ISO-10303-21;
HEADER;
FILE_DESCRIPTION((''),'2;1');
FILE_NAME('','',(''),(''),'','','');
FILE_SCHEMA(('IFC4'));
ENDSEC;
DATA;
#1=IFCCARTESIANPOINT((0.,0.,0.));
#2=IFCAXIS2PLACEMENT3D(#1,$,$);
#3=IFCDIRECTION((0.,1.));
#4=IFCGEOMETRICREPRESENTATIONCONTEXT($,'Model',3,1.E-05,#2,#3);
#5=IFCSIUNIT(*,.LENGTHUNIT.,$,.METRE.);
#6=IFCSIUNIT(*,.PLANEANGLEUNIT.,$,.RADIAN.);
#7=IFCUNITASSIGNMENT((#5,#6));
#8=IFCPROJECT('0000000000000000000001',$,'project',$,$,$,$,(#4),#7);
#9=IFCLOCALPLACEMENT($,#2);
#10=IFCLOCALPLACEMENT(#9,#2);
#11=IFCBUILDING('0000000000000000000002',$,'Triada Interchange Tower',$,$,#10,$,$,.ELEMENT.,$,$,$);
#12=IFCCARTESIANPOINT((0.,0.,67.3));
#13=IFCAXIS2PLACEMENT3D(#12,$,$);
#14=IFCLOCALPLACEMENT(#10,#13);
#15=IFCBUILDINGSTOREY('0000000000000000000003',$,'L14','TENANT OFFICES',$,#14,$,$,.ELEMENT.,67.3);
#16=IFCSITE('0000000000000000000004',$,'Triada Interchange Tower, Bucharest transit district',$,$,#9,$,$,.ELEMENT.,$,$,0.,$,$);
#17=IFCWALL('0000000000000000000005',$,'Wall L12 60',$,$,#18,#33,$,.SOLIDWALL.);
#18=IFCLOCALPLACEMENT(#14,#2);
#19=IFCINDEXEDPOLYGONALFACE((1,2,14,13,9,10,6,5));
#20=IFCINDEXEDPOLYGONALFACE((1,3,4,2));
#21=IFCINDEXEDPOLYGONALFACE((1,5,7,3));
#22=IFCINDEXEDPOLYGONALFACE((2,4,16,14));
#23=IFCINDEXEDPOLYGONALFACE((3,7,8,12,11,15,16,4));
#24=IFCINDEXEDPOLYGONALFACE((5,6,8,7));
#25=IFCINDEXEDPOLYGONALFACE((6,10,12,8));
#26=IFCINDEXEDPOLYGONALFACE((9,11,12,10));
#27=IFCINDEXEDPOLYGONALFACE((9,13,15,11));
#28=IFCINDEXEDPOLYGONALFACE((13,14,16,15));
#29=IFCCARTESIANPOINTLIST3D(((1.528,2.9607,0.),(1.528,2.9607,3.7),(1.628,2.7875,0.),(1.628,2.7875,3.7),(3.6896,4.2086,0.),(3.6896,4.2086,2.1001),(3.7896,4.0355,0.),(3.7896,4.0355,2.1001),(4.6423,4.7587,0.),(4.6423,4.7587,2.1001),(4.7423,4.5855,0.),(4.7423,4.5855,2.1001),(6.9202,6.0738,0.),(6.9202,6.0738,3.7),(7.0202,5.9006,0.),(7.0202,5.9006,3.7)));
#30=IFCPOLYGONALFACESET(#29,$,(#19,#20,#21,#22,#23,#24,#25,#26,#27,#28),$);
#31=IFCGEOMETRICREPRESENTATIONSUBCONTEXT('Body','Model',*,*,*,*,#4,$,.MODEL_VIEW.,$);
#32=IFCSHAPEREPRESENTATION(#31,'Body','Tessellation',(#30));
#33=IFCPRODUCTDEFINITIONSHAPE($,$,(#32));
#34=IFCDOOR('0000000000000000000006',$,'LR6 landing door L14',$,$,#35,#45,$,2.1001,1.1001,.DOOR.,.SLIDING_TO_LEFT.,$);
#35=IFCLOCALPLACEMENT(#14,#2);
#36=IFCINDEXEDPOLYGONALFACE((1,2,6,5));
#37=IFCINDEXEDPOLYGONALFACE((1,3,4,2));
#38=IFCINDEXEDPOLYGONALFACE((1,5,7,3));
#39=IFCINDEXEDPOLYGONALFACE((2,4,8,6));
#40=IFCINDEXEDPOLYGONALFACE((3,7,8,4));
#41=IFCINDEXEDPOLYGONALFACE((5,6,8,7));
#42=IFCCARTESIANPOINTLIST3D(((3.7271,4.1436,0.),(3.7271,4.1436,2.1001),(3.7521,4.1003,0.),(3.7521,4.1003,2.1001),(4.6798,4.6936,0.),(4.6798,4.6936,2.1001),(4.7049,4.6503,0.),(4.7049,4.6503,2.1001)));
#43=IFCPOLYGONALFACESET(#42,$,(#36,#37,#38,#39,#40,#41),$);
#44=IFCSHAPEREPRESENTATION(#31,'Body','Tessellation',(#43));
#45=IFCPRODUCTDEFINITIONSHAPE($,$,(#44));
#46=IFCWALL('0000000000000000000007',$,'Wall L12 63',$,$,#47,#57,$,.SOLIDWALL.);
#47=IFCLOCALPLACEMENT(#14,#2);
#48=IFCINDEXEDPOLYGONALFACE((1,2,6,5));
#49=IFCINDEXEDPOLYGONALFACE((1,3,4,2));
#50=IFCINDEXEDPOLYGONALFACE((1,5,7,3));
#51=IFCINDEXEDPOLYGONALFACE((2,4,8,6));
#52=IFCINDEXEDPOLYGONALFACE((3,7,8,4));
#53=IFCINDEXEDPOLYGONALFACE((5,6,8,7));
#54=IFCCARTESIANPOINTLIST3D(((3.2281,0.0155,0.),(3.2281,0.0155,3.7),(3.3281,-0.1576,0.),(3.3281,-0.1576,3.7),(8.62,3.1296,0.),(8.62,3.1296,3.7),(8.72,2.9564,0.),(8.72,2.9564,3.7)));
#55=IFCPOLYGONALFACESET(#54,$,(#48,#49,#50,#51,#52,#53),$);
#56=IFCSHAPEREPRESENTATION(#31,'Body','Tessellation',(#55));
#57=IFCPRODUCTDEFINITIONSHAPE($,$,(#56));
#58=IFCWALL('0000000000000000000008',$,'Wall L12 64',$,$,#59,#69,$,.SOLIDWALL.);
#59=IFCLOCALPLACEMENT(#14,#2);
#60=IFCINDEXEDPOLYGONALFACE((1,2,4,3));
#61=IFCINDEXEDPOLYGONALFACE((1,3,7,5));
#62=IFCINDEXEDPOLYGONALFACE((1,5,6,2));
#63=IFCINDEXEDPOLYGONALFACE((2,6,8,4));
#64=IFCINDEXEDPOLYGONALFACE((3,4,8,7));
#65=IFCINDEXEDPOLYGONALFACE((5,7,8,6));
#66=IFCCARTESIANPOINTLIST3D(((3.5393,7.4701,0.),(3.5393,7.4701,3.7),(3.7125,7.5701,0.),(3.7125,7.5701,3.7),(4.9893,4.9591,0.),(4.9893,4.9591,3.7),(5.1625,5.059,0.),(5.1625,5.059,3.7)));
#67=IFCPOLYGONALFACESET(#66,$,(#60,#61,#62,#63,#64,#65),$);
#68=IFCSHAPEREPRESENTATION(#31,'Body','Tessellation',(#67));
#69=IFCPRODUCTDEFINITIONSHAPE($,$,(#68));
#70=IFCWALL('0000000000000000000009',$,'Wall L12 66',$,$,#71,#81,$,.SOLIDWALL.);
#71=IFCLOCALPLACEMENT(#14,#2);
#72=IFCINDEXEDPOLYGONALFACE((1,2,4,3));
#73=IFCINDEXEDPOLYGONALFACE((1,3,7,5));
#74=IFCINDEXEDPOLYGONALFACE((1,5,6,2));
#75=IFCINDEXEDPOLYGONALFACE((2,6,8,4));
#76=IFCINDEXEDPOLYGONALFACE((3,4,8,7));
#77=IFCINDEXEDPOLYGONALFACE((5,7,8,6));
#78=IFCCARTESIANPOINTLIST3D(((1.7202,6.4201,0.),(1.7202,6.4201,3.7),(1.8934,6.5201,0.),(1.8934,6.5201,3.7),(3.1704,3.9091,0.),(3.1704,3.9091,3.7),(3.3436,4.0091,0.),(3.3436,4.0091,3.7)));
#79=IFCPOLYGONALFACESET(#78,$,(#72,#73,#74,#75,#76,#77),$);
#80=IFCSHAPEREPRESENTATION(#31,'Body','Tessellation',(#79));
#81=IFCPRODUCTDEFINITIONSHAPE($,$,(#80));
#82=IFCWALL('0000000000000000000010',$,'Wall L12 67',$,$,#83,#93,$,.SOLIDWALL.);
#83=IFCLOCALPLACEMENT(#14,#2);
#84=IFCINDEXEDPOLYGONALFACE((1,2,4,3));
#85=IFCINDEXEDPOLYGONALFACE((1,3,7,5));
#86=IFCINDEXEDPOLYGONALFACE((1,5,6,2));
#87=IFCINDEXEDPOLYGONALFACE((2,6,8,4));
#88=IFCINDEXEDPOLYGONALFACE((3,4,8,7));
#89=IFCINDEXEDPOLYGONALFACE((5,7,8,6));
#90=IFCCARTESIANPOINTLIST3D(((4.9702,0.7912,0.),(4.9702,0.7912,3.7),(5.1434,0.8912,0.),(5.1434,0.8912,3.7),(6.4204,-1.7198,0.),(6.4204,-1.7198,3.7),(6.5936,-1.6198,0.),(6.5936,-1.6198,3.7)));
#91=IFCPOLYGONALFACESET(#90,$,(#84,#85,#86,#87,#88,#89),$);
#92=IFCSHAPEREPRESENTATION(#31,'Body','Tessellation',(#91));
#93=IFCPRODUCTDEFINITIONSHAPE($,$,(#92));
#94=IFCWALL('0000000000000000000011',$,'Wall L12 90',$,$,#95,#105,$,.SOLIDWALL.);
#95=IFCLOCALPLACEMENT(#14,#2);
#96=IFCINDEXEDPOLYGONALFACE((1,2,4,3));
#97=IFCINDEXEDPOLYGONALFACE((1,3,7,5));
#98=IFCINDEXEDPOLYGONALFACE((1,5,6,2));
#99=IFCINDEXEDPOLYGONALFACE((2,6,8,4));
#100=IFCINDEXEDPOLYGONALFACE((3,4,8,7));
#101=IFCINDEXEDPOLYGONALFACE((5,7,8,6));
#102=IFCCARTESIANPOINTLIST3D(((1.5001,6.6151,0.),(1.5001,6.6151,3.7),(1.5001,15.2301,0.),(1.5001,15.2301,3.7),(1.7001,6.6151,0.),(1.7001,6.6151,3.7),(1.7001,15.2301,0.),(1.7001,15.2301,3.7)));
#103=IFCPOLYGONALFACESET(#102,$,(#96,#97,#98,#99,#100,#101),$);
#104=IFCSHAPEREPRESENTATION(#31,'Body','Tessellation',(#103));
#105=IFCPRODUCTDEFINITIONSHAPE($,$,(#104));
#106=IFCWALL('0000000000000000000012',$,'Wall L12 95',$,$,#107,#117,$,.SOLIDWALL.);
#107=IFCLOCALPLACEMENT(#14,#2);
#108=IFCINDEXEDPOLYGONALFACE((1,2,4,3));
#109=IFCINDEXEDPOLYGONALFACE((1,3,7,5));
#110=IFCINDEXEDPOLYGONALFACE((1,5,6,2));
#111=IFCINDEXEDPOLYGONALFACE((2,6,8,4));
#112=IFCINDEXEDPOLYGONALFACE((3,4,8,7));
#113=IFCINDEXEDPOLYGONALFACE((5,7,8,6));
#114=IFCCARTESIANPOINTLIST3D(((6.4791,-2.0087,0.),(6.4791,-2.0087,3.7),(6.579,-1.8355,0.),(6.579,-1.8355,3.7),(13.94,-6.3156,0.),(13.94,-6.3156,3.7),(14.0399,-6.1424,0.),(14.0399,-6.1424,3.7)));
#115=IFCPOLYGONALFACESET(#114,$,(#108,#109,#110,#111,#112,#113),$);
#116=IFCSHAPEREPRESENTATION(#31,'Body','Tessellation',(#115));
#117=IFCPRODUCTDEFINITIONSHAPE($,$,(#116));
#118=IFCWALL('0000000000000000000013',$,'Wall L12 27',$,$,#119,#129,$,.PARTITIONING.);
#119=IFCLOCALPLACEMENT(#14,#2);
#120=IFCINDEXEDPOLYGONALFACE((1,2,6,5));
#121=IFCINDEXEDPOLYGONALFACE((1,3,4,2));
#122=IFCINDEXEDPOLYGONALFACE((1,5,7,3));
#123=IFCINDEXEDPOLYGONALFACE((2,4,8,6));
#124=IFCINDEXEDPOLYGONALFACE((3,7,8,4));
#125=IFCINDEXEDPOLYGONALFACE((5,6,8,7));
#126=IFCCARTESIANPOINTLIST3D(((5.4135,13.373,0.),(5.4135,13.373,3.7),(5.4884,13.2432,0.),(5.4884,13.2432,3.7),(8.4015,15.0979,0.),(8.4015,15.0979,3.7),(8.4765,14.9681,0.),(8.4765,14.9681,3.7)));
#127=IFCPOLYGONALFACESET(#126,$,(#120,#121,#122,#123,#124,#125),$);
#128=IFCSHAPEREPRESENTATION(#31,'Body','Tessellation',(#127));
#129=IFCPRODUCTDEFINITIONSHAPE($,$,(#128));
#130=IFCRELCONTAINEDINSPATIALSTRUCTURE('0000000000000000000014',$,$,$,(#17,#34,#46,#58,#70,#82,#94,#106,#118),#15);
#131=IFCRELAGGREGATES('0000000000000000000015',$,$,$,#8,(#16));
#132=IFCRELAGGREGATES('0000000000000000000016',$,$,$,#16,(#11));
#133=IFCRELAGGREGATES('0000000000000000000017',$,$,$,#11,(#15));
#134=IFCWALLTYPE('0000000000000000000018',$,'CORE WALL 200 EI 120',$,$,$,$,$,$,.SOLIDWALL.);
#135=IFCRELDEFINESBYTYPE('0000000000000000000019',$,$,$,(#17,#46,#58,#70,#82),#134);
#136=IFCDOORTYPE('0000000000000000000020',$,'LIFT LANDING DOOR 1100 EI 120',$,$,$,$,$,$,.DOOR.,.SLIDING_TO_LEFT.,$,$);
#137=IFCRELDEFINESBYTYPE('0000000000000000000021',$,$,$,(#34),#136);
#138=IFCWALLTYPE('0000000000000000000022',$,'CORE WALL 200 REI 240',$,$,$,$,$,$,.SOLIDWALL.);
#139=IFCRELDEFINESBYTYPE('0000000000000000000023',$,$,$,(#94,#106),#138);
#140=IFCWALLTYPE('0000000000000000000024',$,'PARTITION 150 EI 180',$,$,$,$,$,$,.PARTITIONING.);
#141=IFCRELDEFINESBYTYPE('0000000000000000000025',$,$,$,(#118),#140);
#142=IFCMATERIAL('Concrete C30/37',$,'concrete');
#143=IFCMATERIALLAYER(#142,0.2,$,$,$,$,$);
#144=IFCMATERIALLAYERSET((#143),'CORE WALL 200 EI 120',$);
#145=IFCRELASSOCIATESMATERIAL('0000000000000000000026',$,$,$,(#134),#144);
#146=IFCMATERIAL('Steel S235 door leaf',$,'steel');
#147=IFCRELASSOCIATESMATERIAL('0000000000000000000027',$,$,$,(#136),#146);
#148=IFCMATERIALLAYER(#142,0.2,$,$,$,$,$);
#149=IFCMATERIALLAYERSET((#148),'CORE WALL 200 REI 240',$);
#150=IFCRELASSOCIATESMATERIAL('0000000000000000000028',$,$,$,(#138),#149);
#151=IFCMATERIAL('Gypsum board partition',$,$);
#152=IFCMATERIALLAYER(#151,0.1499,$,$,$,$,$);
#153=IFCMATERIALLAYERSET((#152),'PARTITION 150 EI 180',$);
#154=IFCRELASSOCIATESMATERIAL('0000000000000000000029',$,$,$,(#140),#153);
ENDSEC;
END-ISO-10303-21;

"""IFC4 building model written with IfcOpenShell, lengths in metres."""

from ifc_helpers import new_model, si_unit, direction, frame, frame_2d, origin, place, context, subcontext, project, spatial, rectangle, extrude, material, layer, layer_set, type_object, element, fill, save


model = new_model("IFC4")

# Units and contexts
model_context = context("Model", 3, precision=1e-05, world=origin(), true_north=direction((0.0, 1.0)))
body_context = subcontext(model_context, "Body", "Model", "MODEL_VIEW")
ifc_project = project(units=[si_unit("LENGTHUNIT", "METRE"), si_unit("PLANEANGLEUNIT", "RADIAN")], contexts=[model_context])

# Site, building, storey
site_placement = place(None, origin())
site = spatial("IfcSite", under=ifc_project, at=site_placement, Name="Triada Interchange Tower, Bucharest transit district", CompositionType="ELEMENT", RefElevation=0.0)
building_placement = place(site_placement, origin())
building = spatial("IfcBuilding", under=site, at=building_placement, Name="Triada Interchange Tower", CompositionType="ELEMENT")
storey_placement = place(building_placement, frame((0.0, 0.0, 67.3)))
storey = spatial("IfcBuildingStorey", under=building, at=storey_placement, Name="L14", Description="TENANT OFFICES", CompositionType="ELEMENT", Elevation=67.3)

# Shared definitions
ifc_material_1 = material(Name="Concrete C30/37", Category="concrete")
ifc_layer_1 = layer(ifc_material_1, 0.2)
ifc_layer_set_1 = layer_set([ifc_layer_1], Name="CORE WALL 200 EI 120")
wall_type_1 = type_object("IfcWallType", Name="CORE WALL 200 EI 120", PredefinedType="SOLIDWALL", material=ifc_layer_set_1)
ifc_material_2 = material(Name="Steel S235 door leaf", Category="steel")
door_type = type_object("IfcDoorType", Name="LIFT LANDING DOOR 1100 EI 120", OperationType="SLIDING_TO_LEFT", PredefinedType="DOOR", material=ifc_material_2)

# Wall, opening, door
wall_1_placement = place(storey_placement, frame((1.5779, 2.874, 0.0), z_axis=(0.0, 0.0, 1.0), x_axis=(0.866031, 0.499989, 0.0)))
wall_1 = element("IfcWall", 1, at=wall_1_placement, inside=storey, type_object=wall_type_1, Name="Wall L12 60", PredefinedType="SOLIDWALL", context=body_context, shape_type="SweptSolid", body=[
    extrude(rectangle(XDim=6.2263, YDim=0.2, at=frame_2d((3.1133, 0.0))), origin(), (0.0, 0.0, 1.0), 3.7),
])
opening_1_placement = place(wall_1_placement, frame((2.4961, 0.0, 0.0)))
opening_1 = element("IfcOpeningElement", 2, at=opening_1_placement, cuts=wall_1, PredefinedType="OPENING", context=body_context, shape_type="SweptSolid", body=[
    extrude(rectangle(XDim=1.1001, YDim=2.1001, at=frame_2d((0.55, 1.05))), frame((0.0, 0.1099, 0.0), z_axis=(0.0, -1.0, 0.0), x_axis=(1.0, 0.0, 0.0)), (0.0, 0.0, 1.0), 0.22),
])
door_1_placement = place(opening_1_placement, origin())
door_1 = element("IfcDoor", 3, at=door_1_placement, inside=storey, type_object=door_type, Name="LR6 landing door L14", OperationType="SLIDING_TO_LEFT", OverallHeight=2.1001, OverallWidth=1.1001, PredefinedType="DOOR", context=body_context, shape_type="SweptSolid", body=[
    extrude(rectangle(XDim=1.1001, YDim=2.1001, at=frame_2d((0.55, 1.05))), frame((0.0, 0.0249, 0.0), z_axis=(0.0, -1.0, 0.0), x_axis=(1.0, 0.0, 0.0)), (0.0, 0.0, 1.0), 0.05),
])
fill(opening_1, door_1)

# Walls
wall_2_placement = place(storey_placement, frame((3.2781, -0.071, 0.0), z_axis=(0.0, 0.0, 1.0), x_axis=(0.865954, 0.500124, 0.0)))
element("IfcWall", 4, at=wall_2_placement, inside=storey, type_object=wall_type_1, Name="Wall L12 63", PredefinedType="SOLIDWALL", context=body_context, shape_type="SweptSolid", body=[
    extrude(rectangle(XDim=6.2266, YDim=0.2, at=frame_2d((3.1133, 0.0))), origin(), (0.0, 0.0, 1.0), 3.7),
])
for number, where, z_axis, x_axis, name in (
    (5, (3.626, 7.52, 0.0), (0.0, 0.0, 1.0), (0.50006, -0.865991, 0.0), "Wall L12 64"),
    (6, (1.8069, 6.47, 0.0), (0.0, 0.0, 1.0), (0.500123, -0.865954, 0.0), "Wall L12 66"),
    (7, (5.0569, 0.8411, 0.0), (0.0, 0.0, 1.0), (0.500123, -0.865954, 0.0), "Wall L12 67"),
):
    element("IfcWall", number, at=place(storey_placement, frame(where, z_axis=z_axis, x_axis=x_axis)), inside=storey, type_object=wall_type_1, Name=name, PredefinedType="SOLIDWALL", context=body_context, shape_type="SweptSolid", body=[
        extrude(rectangle(XDim=2.8997, YDim=0.2, at=frame_2d((1.4497, 0.0))), origin(), (0.0, 0.0, 1.0), 3.7),
    ])
ifc_layer_2 = layer(ifc_material_1, 0.2)
ifc_layer_set_2 = layer_set([ifc_layer_2], Name="CORE WALL 200 REI 240")
wall_type_2 = type_object("IfcWallType", Name="CORE WALL 200 REI 240", PredefinedType="SOLIDWALL", material=ifc_layer_set_2)
wall_3_placement = place(storey_placement, frame((1.6001, 6.615, 0.0), z_axis=(0.0, 0.0, 1.0), x_axis=(0.0, 1.0, 0.0)))
element("IfcWall", 8, at=wall_3_placement, inside=storey, type_object=wall_type_2, Name="Wall L12 90", PredefinedType="SOLIDWALL", context=body_context, shape_type="SweptSolid", body=[
    extrude(rectangle(XDim=8.615, YDim=0.2, at=frame_2d((4.3076, 0.0))), origin(), (0.0, 0.0, 1.0), 3.7),
])
wall_4_placement = place(storey_placement, frame((6.5291, -1.9221, 0.0), z_axis=(0.0, 0.0, 1.0), x_axis=(0.86606, -0.49994, 0.0)))
element("IfcWall", 9, at=wall_4_placement, inside=storey, type_object=wall_type_2, Name="Wall L12 95", PredefinedType="SOLIDWALL", context=body_context, shape_type="SweptSolid", body=[
    extrude(rectangle(XDim=8.6147, YDim=0.2, at=frame_2d((4.3074, 0.0))), origin(), (0.0, 0.0, 1.0), 3.7),
])
ifc_material_3 = material(Name="Gypsum board partition")
ifc_layer_3 = layer(ifc_material_3, 0.1499)
ifc_layer_set_3 = layer_set([ifc_layer_3], Name="PARTITION 150 EI 180")
wall_type_3 = type_object("IfcWallType", Name="PARTITION 150 EI 180", PredefinedType="PARTITIONING", material=ifc_layer_set_3)
wall_5_placement = place(storey_placement, frame((5.4509, 13.3081, 0.0), z_axis=(0.0, 0.0, 1.0), x_axis=(0.866062, 0.499937, 0.0)))
element("IfcWall", 10, at=wall_5_placement, inside=storey, type_object=wall_type_3, Name="Wall L12 27", PredefinedType="PARTITIONING", context=body_context, shape_type="SweptSolid", body=[
    extrude(rectangle(XDim=3.4502, YDim=0.1499, at=frame_2d((1.7251, 0.0))), origin(), (0.0, 0.0, 1.0), 3.7),
])

save(model, "model.ifc")
